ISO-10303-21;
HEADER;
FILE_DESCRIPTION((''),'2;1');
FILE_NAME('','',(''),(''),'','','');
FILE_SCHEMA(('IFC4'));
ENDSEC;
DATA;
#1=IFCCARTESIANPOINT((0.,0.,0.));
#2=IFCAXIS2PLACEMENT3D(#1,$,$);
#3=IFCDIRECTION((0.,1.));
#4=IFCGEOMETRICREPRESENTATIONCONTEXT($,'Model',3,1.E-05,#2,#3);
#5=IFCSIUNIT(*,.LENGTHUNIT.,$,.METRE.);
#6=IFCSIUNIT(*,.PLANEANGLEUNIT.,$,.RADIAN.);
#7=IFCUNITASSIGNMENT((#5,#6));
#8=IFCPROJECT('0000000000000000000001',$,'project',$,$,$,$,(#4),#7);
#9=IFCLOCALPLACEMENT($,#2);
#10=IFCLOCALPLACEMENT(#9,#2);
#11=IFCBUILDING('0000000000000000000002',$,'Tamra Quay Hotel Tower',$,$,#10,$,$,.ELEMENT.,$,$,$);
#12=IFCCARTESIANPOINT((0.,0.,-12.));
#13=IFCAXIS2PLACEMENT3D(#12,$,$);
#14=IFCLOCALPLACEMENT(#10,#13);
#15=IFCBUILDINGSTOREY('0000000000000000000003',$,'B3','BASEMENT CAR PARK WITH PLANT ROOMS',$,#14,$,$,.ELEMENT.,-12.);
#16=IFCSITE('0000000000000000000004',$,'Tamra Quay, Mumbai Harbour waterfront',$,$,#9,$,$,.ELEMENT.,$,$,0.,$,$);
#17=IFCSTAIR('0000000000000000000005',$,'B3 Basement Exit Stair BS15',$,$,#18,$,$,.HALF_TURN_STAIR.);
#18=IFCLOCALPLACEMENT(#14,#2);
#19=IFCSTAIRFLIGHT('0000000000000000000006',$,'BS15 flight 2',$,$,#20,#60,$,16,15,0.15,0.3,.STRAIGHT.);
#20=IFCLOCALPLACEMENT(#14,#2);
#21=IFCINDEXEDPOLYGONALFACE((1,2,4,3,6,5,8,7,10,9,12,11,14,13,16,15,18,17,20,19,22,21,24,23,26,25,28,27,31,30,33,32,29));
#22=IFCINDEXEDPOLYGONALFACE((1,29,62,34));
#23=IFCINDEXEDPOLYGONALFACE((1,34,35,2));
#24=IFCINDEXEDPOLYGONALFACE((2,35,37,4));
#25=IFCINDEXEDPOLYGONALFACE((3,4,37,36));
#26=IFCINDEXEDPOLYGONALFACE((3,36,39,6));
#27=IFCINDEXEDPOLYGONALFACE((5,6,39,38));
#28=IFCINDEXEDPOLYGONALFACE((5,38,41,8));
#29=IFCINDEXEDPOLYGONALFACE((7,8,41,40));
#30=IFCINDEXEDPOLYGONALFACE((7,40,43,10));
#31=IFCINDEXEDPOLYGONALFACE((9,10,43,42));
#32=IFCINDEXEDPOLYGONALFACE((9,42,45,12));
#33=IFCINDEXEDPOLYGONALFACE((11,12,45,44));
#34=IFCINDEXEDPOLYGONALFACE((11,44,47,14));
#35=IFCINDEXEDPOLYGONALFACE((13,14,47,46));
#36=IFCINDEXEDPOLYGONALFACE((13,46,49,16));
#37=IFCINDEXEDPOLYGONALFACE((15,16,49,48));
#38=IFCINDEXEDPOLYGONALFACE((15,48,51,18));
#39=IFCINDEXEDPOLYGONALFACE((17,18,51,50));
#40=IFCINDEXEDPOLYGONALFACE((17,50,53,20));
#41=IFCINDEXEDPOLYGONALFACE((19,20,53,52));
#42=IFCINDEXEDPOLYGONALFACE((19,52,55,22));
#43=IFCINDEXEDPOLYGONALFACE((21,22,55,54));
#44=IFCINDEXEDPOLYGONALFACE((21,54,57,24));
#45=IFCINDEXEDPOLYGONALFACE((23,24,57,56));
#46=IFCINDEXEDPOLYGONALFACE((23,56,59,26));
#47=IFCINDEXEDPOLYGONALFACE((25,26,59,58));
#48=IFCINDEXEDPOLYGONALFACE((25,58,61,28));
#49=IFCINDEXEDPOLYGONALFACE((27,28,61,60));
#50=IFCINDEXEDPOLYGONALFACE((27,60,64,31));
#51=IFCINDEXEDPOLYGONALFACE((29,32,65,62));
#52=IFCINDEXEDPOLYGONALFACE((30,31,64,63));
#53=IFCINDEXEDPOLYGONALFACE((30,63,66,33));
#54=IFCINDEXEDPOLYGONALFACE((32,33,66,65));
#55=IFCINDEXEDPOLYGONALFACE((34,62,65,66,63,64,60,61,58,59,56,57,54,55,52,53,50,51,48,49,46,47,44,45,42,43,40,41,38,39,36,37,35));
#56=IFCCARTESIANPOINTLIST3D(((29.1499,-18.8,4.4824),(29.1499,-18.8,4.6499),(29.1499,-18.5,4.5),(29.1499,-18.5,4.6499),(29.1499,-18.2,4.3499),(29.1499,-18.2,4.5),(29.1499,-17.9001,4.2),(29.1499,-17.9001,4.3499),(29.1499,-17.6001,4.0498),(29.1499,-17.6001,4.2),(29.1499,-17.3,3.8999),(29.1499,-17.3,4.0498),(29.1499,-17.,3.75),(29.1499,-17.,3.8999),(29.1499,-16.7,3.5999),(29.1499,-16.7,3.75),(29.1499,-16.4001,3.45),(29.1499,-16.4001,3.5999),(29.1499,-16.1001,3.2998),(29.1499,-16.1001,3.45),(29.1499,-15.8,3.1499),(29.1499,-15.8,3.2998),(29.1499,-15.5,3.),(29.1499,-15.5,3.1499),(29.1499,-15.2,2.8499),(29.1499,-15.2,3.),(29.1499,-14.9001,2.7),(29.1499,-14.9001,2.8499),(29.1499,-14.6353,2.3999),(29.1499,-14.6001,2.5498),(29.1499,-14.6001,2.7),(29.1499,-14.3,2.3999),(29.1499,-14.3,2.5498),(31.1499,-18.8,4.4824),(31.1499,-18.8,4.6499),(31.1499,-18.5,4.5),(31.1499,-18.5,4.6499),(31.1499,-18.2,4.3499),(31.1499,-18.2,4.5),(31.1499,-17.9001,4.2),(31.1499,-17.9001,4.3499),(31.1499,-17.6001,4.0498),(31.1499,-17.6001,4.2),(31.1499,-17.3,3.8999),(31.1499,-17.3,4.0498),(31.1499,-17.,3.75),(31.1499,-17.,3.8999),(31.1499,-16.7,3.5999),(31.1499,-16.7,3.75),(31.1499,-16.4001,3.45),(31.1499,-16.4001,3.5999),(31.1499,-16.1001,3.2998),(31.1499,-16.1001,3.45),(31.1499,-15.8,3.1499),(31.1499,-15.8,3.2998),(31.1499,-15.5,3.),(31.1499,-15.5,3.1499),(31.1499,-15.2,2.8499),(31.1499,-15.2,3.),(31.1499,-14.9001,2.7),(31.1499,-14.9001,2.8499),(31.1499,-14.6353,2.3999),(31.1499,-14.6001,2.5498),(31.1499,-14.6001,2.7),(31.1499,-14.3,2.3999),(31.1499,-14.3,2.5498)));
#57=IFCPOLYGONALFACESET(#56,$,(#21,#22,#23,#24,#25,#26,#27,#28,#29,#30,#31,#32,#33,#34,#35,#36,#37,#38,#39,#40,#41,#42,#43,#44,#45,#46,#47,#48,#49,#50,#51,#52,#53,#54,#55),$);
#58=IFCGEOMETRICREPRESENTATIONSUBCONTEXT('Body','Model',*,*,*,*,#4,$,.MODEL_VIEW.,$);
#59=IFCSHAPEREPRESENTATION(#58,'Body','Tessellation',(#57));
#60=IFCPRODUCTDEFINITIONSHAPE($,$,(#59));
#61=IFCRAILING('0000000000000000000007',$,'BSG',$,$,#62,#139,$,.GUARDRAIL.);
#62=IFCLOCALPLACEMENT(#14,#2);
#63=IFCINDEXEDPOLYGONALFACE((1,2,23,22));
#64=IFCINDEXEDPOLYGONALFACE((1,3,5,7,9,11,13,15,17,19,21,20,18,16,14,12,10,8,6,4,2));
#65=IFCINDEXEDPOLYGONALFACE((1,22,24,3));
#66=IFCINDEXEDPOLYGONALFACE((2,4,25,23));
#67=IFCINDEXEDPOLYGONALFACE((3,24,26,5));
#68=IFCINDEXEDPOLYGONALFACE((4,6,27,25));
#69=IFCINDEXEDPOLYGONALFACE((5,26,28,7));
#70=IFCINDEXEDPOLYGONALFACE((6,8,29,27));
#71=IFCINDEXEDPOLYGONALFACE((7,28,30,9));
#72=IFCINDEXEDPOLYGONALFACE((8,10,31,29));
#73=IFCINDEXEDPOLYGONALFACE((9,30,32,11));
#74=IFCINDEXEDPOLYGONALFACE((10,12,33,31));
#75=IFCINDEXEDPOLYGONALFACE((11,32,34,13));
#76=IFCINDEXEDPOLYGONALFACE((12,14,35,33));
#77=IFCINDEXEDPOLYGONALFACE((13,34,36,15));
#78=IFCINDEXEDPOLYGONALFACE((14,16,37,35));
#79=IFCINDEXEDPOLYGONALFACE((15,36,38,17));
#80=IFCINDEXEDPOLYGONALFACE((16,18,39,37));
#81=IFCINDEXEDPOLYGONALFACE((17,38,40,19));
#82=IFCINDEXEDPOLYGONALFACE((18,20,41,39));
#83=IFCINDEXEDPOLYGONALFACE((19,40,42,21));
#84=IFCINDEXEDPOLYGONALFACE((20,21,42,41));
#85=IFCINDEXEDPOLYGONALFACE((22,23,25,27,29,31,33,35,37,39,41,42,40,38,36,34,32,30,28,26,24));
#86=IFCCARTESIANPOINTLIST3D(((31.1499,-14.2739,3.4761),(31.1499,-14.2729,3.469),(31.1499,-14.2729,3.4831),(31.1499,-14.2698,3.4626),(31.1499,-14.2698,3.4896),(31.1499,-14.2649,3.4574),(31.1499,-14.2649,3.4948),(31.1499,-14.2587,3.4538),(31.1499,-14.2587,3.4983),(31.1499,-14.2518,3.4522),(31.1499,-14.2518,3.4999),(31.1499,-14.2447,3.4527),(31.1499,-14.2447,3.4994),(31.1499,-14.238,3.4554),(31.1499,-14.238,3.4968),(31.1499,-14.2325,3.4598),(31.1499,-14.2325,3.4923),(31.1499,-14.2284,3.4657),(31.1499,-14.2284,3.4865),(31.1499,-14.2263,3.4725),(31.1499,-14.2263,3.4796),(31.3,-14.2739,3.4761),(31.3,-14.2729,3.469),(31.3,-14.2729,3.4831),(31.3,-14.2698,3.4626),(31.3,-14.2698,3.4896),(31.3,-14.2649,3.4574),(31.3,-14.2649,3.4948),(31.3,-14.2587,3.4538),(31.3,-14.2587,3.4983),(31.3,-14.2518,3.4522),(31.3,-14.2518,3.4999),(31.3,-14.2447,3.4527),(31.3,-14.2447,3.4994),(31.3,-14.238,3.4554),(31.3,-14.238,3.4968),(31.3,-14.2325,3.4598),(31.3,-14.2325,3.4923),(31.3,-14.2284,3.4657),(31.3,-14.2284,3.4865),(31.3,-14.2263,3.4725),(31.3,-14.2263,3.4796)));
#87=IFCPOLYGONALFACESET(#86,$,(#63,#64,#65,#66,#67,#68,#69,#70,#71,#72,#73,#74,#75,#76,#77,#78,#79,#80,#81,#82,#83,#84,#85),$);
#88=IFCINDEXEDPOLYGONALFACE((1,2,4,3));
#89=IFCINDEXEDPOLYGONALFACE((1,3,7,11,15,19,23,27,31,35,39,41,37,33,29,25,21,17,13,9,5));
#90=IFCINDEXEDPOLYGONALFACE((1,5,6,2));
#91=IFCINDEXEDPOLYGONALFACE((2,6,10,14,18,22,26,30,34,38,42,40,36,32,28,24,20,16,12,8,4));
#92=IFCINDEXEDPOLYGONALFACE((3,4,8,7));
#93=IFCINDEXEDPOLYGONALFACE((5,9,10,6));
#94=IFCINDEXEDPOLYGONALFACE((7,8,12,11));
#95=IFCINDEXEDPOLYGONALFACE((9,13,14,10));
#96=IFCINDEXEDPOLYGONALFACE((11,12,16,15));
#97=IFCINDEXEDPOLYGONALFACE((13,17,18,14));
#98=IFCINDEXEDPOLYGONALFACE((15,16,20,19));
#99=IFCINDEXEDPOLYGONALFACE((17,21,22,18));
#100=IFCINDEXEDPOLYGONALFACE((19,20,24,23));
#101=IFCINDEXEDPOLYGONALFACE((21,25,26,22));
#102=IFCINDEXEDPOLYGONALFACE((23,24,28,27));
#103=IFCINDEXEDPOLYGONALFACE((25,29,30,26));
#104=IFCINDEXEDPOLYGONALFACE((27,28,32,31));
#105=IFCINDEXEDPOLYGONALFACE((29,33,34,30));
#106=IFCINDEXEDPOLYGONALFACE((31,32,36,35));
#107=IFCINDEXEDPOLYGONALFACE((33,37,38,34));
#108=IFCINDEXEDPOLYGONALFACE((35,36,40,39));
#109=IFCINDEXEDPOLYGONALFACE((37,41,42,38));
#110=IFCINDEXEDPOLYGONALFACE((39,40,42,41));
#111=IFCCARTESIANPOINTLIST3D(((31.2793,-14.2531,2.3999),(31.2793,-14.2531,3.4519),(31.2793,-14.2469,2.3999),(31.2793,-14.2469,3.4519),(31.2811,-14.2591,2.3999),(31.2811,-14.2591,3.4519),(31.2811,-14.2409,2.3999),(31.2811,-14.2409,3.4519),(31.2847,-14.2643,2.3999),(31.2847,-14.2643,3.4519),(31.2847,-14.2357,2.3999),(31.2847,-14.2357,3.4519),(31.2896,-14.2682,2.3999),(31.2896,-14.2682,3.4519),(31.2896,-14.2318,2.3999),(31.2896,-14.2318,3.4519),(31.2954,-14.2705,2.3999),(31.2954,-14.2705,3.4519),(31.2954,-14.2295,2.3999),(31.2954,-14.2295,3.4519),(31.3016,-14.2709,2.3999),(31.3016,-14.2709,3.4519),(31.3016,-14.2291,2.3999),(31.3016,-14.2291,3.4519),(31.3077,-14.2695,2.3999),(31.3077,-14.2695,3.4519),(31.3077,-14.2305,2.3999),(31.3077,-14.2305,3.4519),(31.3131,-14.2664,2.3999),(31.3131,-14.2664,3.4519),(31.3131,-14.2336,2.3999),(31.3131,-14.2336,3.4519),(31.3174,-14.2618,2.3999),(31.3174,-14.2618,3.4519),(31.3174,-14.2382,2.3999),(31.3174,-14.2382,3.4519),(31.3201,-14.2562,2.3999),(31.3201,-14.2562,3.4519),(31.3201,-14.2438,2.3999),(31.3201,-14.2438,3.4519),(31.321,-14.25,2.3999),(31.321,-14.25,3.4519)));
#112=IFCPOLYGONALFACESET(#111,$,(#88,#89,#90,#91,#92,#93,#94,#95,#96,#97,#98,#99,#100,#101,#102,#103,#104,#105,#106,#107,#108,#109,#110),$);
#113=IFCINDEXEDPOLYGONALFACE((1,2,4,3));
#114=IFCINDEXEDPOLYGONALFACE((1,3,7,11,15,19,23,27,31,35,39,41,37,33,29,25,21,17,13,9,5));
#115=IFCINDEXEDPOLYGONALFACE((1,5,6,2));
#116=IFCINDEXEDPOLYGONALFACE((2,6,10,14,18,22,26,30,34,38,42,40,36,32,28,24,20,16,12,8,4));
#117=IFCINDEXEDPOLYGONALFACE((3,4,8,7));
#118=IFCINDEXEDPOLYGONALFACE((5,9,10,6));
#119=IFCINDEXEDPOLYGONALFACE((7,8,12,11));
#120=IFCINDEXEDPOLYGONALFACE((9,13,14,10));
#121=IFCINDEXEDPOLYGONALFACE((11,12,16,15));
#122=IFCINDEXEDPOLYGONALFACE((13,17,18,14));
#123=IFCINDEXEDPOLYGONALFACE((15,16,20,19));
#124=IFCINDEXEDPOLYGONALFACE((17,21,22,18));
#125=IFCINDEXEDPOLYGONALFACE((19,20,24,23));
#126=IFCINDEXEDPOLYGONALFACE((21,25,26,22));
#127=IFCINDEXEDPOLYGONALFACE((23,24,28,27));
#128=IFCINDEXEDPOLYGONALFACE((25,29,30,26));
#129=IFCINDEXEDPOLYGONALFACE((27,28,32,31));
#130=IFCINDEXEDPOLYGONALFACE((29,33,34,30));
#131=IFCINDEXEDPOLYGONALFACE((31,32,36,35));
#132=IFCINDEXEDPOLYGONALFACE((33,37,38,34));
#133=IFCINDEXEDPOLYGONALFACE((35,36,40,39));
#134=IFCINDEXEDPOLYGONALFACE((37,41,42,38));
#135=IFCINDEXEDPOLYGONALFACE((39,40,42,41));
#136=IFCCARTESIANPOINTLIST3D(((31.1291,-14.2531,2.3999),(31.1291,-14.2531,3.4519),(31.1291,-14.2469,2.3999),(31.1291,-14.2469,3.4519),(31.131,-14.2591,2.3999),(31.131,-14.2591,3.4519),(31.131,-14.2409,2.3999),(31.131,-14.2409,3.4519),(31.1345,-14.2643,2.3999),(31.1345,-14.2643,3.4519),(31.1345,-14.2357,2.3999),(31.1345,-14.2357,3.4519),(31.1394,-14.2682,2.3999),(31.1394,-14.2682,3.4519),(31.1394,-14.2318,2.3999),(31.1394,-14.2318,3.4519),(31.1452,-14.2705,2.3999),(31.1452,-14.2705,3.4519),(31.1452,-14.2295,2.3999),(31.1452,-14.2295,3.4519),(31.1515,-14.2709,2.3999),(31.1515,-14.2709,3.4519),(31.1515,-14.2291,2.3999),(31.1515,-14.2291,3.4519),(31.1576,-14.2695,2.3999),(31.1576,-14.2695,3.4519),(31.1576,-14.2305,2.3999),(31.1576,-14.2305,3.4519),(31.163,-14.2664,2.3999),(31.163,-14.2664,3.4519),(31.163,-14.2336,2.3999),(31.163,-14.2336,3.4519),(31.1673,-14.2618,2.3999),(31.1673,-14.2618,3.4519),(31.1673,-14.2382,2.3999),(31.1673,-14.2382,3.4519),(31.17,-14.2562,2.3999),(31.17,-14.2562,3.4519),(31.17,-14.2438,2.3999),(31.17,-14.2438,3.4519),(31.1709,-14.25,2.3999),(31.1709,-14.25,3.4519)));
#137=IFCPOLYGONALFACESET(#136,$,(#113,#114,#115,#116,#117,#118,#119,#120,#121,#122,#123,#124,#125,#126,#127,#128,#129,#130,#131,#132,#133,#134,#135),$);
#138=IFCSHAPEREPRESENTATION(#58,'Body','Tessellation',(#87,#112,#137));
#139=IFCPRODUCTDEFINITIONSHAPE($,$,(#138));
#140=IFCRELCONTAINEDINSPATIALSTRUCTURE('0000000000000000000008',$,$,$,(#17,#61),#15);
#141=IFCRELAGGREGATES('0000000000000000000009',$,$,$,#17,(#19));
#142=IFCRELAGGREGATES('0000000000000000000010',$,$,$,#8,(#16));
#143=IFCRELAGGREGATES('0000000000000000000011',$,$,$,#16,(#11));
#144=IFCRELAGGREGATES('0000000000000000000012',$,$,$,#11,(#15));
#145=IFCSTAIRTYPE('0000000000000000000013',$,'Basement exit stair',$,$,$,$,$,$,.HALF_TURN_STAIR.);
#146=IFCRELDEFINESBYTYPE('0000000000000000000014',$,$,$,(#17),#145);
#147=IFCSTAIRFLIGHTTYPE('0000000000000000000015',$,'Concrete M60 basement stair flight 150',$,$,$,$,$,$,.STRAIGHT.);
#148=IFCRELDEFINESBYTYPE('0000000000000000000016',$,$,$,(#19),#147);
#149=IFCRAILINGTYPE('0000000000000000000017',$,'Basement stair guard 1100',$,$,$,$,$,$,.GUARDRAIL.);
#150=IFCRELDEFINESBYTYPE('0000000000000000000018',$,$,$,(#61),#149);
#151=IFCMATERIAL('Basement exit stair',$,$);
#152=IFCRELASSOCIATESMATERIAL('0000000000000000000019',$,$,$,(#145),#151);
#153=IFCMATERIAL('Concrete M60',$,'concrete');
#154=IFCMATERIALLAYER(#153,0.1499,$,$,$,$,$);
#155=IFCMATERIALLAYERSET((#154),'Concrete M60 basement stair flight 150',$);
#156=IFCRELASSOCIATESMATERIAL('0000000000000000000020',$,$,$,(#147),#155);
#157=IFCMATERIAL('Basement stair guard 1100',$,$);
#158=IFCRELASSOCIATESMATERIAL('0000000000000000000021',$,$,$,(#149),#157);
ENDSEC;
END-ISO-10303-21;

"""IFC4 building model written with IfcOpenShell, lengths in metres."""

from ifc_helpers import new_model, si_unit, direction, frame, origin, origin_2d, place, context, subcontext, project, spatial, polyline, circle, outline, extrude, material, layer, layer_set, type_object, element, aggregate, save


model = new_model("IFC4")

# Units and contexts
model_context = context("Model", 3, precision=1e-05, world=origin(), true_north=direction((0.0, 1.0)))
body_context = subcontext(model_context, "Body", "Model", "MODEL_VIEW")
ifc_project = project(units=[si_unit("LENGTHUNIT", "METRE"), si_unit("PLANEANGLEUNIT", "RADIAN")], contexts=[model_context])

# Site, building, storey
site_placement = place(None, origin())
site = spatial("IfcSite", under=ifc_project, at=site_placement, Name="Tamra Quay, Mumbai Harbour waterfront", CompositionType="ELEMENT", RefElevation=0.0)
building_placement = place(site_placement, origin())
building = spatial("IfcBuilding", under=site, at=building_placement, Name="Tamra Quay Hotel Tower", CompositionType="ELEMENT")
storey_placement = place(building_placement, frame((0.0, 0.0, -12.0)))
storey = spatial("IfcBuildingStorey", under=building, at=storey_placement, Name="B3", Description="BASEMENT CAR PARK WITH PLANT ROOMS", CompositionType="ELEMENT", Elevation=-12.0)

# Stair, stair flight
ifc_material_1 = material(Name="Basement exit stair")
stair_type = type_object("IfcStairType", Name="Basement exit stair", PredefinedType="HALF_TURN_STAIR", material=ifc_material_1)
stair_placement = place(storey_placement, origin())
stair = element("IfcStair", 1, at=stair_placement, inside=storey, type_object=stair_type, Name="B3 Basement Exit Stair BS15", PredefinedType="HALF_TURN_STAIR")
ifc_material_2 = material(Name="Concrete M60", Category="concrete")
ifc_layer_1 = layer(ifc_material_2, 0.1499)
ifc_layer_set_1 = layer_set([ifc_layer_1], Name="Concrete M60 basement stair flight 150")
stair_flight_type = type_object("IfcStairFlightType", Name="Concrete M60 basement stair flight 150", PredefinedType="STRAIGHT", material=ifc_layer_set_1)
stair_flight_placement = place(storey_placement, frame((30.1499, -14.3, 2.3999), z_axis=(0.0, 0.0, 1.0), x_axis=(0.0, -1.0, 0.0)))
stair_flight = element("IfcStairFlight", 2, at=stair_flight_placement, type_object=stair_flight_type, Name="BS15 flight 2", NumberOfRisers=16, NumberOfTreads=15, PredefinedType="STRAIGHT", RiserHeight=0.15, TreadLength=0.3, context=body_context, shape_type="SweptSolid", body=[
    extrude(outline(polyline([(0.0, 0.0), (0.0, 0.1499), (0.3, 0.1499), (0.3, 0.3), (0.6001, 0.3), (0.6001, 0.45), (0.8999, 0.45), (0.8999, 0.6001), (1.2, 0.6001), (1.2, 0.75), (1.5, 0.75), (1.5, 0.8999), (1.8, 0.8999), (1.8, 1.05), (2.1001, 1.05), (2.1001, 1.2), (2.3999, 1.2), (2.3999, 1.3501), (2.7, 1.3501), (2.7, 1.5), (3.0, 1.5), (3.0, 1.6499), (3.3, 1.6499), (3.3, 1.8), (3.6001, 1.8), (3.6001, 1.95), (3.8999, 1.95), (3.8999, 2.1001), (4.2, 2.1001), (4.2, 2.25), (4.5, 2.25), (4.5, 2.3999), (4.5, 2.0825), (0.3352, 0.0), (0.0, 0.0)])), frame((0.0, 1.0, 0.0), z_axis=(0.0, -1.0, 0.0), x_axis=(1.0, 0.0, 0.0)), (0.0, 0.0, 1.0), 2.0),
])
aggregate(stair, [stair_flight])

# Railing
ifc_material_3 = material(Name="Basement stair guard 1100")
railing_type_1 = type_object("IfcRailingType", Name="Basement stair guard 1100", PredefinedType="GUARDRAIL", material=ifc_material_3)
railing_1_placement = place(storey_placement, frame((31.3, -14.25, 2.3999)))
element("IfcRailing", 3, at=railing_1_placement, inside=storey, type_object=railing_type_1, Name="BSG", PredefinedType="GUARDRAIL", context=body_context, shape_type="SweptSolid", body=[
    extrude(circle(Radius=0.0239, at=origin_2d()), frame((0.0, 0.0, 1.0762), z_axis=(-1.0, 0.0, 0.0), x_axis=(0.0, -1.0, 0.0)), (0.0, 0.0, 1.0), 0.1501),
    extrude(circle(Radius=0.021, at=origin_2d()), origin(), (0.0, 0.0, 1.0), 1.052),
    extrude(circle(Radius=0.021, at=origin_2d()), frame((-0.1501, 0.0, 0.0)), (0.0, 0.0, 1.0), 1.052),
])

save(model, "model.ifc")
